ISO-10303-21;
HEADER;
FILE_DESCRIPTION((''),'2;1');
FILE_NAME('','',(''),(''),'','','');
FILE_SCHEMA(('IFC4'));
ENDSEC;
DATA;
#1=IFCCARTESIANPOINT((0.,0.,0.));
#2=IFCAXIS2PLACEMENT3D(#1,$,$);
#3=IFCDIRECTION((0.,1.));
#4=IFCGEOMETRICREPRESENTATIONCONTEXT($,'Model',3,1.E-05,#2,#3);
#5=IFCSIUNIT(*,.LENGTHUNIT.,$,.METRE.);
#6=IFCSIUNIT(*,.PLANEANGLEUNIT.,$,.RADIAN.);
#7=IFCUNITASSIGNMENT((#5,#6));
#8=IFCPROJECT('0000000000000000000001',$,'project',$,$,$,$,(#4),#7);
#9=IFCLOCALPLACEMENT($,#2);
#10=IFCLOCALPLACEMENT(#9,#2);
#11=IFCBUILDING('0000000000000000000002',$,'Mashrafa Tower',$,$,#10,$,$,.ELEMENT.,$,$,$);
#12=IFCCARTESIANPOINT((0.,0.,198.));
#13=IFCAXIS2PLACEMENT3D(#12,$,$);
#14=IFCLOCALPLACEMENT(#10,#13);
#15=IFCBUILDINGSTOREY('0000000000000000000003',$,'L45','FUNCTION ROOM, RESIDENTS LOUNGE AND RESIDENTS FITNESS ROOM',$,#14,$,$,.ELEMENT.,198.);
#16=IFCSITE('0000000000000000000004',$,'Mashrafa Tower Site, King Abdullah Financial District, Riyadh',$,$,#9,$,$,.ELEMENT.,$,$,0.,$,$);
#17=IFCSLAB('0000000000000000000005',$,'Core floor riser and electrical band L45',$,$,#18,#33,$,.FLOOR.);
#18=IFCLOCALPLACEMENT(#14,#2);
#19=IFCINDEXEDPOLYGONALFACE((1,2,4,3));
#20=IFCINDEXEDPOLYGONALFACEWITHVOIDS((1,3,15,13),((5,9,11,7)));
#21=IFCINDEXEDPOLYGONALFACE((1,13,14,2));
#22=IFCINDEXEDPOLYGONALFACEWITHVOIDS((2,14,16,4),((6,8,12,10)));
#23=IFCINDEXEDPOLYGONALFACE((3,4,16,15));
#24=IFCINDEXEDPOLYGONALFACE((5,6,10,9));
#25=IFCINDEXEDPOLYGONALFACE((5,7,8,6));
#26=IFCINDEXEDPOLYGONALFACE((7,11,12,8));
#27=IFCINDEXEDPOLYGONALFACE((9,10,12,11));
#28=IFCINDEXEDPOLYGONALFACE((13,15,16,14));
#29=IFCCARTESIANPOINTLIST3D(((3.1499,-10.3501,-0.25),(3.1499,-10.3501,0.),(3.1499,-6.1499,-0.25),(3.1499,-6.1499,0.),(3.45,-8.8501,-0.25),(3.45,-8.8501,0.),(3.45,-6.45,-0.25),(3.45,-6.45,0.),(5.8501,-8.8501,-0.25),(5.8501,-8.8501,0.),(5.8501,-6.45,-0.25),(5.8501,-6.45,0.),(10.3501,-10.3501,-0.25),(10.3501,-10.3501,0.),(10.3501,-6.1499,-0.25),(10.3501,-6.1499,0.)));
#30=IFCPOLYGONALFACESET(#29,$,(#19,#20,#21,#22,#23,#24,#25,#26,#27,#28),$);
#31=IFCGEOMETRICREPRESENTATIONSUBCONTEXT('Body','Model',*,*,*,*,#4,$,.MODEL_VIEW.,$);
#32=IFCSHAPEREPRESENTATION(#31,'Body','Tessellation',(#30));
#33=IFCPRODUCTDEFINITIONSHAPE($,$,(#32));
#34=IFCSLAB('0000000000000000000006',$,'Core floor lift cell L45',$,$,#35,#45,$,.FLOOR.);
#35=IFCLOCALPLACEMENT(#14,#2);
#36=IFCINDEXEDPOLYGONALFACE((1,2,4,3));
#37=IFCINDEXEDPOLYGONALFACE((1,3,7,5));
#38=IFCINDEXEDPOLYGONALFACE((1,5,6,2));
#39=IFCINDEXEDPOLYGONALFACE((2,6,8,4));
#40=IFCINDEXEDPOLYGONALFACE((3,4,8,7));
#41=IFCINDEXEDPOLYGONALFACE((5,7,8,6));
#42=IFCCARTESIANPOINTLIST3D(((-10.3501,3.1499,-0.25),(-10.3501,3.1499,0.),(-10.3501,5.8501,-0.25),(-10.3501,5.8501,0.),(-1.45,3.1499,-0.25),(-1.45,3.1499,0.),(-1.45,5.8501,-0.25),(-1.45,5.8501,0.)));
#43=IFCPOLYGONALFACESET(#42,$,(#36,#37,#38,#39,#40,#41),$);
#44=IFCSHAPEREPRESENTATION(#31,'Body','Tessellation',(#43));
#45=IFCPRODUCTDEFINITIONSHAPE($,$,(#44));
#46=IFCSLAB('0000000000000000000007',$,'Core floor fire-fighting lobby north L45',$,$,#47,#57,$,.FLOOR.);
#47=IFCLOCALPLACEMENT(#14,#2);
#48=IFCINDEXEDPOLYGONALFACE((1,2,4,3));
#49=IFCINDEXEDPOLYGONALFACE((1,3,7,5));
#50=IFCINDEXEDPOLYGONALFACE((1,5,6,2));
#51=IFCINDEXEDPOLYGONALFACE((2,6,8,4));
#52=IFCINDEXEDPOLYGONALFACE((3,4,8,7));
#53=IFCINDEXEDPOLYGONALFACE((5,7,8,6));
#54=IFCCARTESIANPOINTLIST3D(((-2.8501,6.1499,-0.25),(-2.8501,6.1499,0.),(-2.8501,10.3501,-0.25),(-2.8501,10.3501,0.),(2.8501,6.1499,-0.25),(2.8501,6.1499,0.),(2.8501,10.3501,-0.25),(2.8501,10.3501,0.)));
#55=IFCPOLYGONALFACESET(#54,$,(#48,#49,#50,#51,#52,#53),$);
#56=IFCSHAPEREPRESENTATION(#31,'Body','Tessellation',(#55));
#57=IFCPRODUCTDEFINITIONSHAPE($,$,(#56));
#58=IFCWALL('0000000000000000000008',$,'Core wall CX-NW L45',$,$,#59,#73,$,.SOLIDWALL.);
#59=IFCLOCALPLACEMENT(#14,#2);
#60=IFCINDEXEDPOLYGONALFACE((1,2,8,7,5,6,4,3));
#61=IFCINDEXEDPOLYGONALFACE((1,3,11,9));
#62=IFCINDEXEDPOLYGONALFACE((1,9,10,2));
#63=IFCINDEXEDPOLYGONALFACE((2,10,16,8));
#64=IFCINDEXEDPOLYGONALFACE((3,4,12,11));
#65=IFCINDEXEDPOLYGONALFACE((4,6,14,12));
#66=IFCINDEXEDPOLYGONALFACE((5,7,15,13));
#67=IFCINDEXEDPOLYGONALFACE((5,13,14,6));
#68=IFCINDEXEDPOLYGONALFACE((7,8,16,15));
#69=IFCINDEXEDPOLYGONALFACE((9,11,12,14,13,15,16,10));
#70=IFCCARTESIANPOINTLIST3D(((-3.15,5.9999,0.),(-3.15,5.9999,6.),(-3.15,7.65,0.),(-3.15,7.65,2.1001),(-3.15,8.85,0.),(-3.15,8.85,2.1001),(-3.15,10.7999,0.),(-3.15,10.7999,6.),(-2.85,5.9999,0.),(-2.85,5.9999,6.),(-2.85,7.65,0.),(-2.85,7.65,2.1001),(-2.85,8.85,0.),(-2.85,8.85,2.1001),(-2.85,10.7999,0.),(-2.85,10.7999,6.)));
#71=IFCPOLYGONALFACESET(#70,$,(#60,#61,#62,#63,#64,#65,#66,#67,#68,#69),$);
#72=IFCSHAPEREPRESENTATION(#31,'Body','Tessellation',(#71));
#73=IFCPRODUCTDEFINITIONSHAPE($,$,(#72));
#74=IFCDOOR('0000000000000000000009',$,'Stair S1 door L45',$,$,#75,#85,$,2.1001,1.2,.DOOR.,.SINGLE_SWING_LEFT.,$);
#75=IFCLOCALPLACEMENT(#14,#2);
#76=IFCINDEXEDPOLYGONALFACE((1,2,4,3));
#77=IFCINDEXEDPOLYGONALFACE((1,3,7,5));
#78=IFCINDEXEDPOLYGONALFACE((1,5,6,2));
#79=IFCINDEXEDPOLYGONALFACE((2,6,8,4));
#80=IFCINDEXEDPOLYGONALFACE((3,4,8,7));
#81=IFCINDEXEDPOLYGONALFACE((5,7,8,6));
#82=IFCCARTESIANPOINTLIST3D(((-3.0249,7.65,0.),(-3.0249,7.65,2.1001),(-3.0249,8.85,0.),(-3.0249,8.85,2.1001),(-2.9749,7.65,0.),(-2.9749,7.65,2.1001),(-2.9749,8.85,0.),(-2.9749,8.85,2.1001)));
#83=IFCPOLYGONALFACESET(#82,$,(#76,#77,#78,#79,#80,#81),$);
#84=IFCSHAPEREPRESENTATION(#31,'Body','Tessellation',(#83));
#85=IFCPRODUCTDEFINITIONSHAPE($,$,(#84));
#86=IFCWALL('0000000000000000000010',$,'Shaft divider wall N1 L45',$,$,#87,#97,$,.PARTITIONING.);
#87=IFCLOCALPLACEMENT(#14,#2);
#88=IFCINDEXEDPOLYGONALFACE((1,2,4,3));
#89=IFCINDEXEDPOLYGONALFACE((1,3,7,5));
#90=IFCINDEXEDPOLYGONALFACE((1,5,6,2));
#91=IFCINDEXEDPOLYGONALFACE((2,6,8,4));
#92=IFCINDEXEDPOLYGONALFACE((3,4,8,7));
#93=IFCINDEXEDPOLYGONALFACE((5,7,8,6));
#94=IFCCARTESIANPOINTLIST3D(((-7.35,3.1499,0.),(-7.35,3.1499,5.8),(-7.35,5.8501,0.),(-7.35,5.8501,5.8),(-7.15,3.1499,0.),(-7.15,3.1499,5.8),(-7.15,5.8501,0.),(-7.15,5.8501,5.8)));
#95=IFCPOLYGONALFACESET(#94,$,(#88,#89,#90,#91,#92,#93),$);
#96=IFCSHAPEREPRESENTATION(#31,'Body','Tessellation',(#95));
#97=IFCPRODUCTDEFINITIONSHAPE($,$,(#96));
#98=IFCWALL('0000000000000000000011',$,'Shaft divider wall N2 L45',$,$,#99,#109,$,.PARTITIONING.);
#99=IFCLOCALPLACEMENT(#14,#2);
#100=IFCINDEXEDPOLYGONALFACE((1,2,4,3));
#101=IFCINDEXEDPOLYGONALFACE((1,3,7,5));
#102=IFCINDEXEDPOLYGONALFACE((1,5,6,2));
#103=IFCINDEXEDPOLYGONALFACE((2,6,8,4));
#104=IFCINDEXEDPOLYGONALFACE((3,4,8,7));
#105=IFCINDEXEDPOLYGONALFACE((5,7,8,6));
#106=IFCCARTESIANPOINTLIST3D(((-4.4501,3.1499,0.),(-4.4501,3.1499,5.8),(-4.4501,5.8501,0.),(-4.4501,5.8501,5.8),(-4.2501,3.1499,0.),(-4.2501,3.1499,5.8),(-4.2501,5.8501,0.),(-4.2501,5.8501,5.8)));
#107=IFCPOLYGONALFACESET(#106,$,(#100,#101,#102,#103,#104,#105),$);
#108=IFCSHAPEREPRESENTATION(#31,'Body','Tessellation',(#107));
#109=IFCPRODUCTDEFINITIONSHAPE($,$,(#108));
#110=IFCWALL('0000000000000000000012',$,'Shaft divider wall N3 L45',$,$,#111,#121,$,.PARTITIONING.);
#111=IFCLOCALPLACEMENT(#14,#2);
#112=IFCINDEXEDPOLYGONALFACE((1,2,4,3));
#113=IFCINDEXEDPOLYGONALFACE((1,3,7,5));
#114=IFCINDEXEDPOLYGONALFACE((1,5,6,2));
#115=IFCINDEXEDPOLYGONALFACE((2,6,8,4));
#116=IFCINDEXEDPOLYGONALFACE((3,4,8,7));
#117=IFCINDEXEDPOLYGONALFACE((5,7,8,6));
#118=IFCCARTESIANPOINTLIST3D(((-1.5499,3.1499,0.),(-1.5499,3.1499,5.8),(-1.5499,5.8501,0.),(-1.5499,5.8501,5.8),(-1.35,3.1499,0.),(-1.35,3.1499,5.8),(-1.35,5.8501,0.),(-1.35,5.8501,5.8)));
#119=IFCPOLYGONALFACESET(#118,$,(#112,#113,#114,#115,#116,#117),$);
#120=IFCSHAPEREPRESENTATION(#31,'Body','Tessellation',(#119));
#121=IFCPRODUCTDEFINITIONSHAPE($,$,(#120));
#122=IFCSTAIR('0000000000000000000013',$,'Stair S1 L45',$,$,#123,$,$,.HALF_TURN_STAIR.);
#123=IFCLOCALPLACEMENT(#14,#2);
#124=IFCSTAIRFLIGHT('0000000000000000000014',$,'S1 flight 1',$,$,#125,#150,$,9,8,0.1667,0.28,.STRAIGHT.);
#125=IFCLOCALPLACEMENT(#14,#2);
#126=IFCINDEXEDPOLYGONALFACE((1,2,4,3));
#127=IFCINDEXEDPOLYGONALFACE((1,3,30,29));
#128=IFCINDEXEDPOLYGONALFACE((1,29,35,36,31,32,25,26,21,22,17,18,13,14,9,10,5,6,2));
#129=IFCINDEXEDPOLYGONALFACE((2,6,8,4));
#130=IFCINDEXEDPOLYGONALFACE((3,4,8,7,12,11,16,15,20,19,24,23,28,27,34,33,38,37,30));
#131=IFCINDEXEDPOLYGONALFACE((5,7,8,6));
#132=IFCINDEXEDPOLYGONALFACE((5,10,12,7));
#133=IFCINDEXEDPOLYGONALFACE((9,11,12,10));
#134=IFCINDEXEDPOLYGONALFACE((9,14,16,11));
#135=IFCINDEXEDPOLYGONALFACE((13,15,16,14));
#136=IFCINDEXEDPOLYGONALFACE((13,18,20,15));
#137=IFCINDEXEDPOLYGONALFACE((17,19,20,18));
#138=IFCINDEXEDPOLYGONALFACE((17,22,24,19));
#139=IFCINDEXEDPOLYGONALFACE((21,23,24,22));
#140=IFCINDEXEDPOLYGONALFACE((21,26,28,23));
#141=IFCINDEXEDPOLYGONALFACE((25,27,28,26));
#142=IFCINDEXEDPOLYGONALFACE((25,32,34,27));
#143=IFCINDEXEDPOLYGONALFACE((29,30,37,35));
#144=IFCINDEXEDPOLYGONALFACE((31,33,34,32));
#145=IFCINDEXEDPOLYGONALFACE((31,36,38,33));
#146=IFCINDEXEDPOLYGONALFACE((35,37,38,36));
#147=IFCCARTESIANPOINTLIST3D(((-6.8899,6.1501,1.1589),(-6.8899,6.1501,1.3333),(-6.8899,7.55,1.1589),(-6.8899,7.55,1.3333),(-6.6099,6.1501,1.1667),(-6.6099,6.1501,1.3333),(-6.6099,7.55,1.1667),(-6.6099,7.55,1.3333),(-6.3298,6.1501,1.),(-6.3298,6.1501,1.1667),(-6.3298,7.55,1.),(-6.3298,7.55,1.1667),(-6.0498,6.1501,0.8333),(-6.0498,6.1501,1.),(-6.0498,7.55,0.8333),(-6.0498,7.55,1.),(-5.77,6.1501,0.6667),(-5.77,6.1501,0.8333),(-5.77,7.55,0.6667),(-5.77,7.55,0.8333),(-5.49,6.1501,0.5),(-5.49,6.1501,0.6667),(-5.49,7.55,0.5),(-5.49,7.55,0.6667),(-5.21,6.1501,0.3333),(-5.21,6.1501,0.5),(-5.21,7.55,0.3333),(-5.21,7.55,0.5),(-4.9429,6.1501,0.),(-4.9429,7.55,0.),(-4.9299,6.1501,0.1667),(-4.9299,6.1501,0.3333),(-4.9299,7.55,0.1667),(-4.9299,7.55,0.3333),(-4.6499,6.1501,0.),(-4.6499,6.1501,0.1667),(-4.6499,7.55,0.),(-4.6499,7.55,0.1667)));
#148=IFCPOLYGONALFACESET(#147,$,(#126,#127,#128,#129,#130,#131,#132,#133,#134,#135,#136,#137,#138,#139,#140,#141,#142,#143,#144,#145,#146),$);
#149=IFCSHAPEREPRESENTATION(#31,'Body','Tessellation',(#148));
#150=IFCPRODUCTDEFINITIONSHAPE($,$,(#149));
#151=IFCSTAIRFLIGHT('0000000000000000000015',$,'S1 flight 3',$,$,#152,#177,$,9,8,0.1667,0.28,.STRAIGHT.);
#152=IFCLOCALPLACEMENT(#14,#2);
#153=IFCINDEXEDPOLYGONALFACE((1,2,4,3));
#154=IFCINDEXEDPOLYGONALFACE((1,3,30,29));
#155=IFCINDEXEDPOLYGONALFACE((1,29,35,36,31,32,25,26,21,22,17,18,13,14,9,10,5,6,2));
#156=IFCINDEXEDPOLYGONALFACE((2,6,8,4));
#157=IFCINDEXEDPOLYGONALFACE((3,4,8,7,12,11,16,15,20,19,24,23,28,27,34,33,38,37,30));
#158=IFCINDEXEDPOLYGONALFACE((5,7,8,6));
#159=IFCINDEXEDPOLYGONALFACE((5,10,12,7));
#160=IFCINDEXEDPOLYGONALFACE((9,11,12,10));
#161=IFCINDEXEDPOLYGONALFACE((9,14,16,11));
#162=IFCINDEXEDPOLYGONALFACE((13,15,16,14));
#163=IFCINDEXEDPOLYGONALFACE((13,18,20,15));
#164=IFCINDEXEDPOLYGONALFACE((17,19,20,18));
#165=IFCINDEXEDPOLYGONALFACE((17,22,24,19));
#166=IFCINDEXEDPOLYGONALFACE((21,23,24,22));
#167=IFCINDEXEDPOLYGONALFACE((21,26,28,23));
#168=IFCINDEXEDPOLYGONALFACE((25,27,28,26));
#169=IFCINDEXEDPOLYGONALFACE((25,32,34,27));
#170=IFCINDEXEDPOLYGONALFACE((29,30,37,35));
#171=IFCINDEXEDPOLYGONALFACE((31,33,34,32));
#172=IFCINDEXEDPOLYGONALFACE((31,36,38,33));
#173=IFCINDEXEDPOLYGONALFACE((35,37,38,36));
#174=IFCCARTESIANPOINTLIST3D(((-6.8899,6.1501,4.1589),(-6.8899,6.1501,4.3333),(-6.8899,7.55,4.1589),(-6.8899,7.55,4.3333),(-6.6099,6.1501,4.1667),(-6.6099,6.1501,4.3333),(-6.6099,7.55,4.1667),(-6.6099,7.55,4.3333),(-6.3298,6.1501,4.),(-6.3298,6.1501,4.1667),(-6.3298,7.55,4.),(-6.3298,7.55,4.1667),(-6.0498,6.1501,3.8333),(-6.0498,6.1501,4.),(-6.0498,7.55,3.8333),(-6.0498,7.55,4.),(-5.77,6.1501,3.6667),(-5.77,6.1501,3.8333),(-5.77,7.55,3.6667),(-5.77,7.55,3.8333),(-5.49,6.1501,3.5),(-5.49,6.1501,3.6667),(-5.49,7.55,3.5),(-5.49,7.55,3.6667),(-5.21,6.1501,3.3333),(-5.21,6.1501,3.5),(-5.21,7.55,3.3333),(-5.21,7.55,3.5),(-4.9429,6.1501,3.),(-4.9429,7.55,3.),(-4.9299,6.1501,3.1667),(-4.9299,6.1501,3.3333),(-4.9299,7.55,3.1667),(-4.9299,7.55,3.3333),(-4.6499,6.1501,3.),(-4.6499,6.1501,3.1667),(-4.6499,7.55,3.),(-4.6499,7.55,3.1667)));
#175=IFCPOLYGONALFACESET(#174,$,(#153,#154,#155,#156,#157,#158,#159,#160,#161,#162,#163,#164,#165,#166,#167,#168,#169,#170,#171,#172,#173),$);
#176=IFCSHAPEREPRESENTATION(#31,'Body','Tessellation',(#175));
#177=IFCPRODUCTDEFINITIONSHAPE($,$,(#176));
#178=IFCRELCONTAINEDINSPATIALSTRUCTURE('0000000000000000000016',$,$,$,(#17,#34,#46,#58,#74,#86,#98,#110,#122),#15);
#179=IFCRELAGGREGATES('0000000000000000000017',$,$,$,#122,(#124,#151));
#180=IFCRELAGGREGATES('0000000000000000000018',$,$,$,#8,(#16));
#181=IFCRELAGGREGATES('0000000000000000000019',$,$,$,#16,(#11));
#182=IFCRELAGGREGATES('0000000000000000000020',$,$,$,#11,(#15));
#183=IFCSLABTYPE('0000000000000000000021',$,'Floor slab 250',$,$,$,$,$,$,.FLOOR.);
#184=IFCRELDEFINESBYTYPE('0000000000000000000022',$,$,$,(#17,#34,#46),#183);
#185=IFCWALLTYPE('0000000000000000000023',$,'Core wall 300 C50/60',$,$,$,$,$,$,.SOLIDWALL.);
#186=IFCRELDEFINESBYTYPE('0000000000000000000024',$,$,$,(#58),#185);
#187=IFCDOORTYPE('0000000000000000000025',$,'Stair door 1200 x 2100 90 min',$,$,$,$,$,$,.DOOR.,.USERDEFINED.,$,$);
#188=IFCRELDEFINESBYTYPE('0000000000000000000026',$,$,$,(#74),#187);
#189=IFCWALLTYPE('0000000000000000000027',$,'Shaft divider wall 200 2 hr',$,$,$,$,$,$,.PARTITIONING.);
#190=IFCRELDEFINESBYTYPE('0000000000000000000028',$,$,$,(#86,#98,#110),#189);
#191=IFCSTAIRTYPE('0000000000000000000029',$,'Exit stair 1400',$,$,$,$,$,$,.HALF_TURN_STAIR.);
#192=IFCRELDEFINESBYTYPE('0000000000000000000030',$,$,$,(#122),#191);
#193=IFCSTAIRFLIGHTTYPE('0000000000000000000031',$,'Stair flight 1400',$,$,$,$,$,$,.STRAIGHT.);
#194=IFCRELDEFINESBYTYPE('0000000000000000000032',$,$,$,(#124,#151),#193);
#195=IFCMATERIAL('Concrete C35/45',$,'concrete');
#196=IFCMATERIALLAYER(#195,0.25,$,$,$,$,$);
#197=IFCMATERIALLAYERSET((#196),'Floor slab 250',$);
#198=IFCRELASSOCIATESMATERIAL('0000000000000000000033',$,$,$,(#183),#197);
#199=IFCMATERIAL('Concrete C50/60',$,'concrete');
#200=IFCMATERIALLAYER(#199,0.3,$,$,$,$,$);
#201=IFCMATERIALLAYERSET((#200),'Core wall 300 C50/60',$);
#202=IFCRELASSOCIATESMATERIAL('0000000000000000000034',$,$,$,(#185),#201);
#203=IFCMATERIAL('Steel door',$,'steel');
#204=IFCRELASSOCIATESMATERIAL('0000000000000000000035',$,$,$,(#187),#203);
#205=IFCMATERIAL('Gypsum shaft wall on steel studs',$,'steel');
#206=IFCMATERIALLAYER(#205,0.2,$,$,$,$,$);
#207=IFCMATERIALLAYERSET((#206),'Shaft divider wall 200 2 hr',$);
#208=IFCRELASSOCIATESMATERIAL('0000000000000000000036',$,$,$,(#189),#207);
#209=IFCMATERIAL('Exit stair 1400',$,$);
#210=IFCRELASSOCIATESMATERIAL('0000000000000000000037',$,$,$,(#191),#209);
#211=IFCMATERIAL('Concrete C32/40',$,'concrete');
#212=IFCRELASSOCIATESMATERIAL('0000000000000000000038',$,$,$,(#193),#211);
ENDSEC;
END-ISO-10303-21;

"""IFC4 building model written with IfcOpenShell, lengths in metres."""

from ifc_helpers import new_model, si_unit, direction, frame, frame_2d, origin, place, context, subcontext, project, spatial, polyline, rectangle, outline, extrude, material, layer, layer_set, type_object, element, fill, aggregate, save


model = new_model("IFC4")

# Units and contexts
model_context = context("Model", 3, precision=1e-05, world=origin(), true_north=direction((0.0, 1.0)))
body_context = subcontext(model_context, "Body", "Model", "MODEL_VIEW")
ifc_project = project(units=[si_unit("LENGTHUNIT", "METRE"), si_unit("PLANEANGLEUNIT", "RADIAN")], contexts=[model_context])

# Site, building, storey
site_placement = place(None, origin())
site = spatial("IfcSite", under=ifc_project, at=site_placement, Name="Mashrafa Tower Site, King Abdullah Financial District, Riyadh", CompositionType="ELEMENT", RefElevation=0.0)
building_placement = place(site_placement, origin())
building = spatial("IfcBuilding", under=site, at=building_placement, Name="Mashrafa Tower", CompositionType="ELEMENT")
storey_placement = place(building_placement, frame((0.0, 0.0, 198.0)))
storey = spatial("IfcBuildingStorey", under=building, at=storey_placement, Name="L45", Description="FUNCTION ROOM, RESIDENTS LOUNGE AND RESIDENTS FITNESS ROOM", CompositionType="ELEMENT", Elevation=198.0)

# Slabs
ifc_material_1 = material(Name="Concrete C35/45", Category="concrete")
ifc_layer_1 = layer(ifc_material_1, 0.25)
ifc_layer_set_1 = layer_set([ifc_layer_1], Name="Floor slab 250")
slab_type = type_object("IfcSlabType", Name="Floor slab 250", PredefinedType="FLOOR", material=ifc_layer_set_1)
slab_1_placement = place(storey_placement, frame((0.0, 0.0, -0.25)))
element("IfcSlab", 1, at=slab_1_placement, inside=storey, type_object=slab_type, Name="Core floor riser and electrical band L45", PredefinedType="FLOOR", context=body_context, shape_type="SweptSolid", body=[
    extrude(outline(polyline([(10.3501, -6.1499), (10.3501, -10.3501), (3.1499, -10.3501), (3.1499, -6.1499), (10.3501, -6.1499)]), holes=[polyline([(3.45, -8.8501), (5.8501, -8.8501), (5.8501, -6.45), (3.45, -6.45), (3.45, -8.8501)])]), origin(), (0.0, 0.0, 1.0), 0.25),
])
slab_2_placement = place(storey_placement, frame((0.0, 0.0, -0.25)))
element("IfcSlab", 2, at=slab_2_placement, inside=storey, type_object=slab_type, Name="Core floor lift cell L45", PredefinedType="FLOOR", context=body_context, shape_type="SweptSolid", body=[
    extrude(outline(polyline([(-1.45, 3.1499), (-10.3501, 3.1499), (-10.3501, 5.8501), (-1.45, 5.8501), (-1.45, 3.1499)])), origin(), (0.0, 0.0, 1.0), 0.25),
])
slab_3_placement = place(storey_placement, frame((0.0, 0.0, -0.25)))
element("IfcSlab", 3, at=slab_3_placement, inside=storey, type_object=slab_type, Name="Core floor fire-fighting lobby north L45", PredefinedType="FLOOR", context=body_context, shape_type="SweptSolid", body=[
    extrude(outline(polyline([(-2.8501, 10.3501), (2.8501, 10.3501), (2.8501, 6.1499), (-2.8501, 6.1499), (-2.8501, 10.3501)])), origin(), (0.0, 0.0, 1.0), 0.25),
])

# Wall, opening, door
ifc_material_2 = material(Name="Concrete C50/60", Category="concrete")
ifc_layer_2 = layer(ifc_material_2, 0.3)
ifc_layer_set_2 = layer_set([ifc_layer_2], Name="Core wall 300 C50/60")
wall_type_1 = type_object("IfcWallType", Name="Core wall 300 C50/60", PredefinedType="SOLIDWALL", material=ifc_layer_set_2)
wall_placement = place(storey_placement, frame((-3.0, 6.0, 0.0), z_axis=(0.0, 0.0, 1.0), x_axis=(0.0, 1.0, 0.0)))
wall = element("IfcWall", 4, at=wall_placement, inside=storey, type_object=wall_type_1, Name="Core wall CX-NW L45", PredefinedType="SOLIDWALL", context=body_context, shape_type="SweptSolid", body=[
    extrude(rectangle(XDim=4.8, YDim=0.3, at=frame_2d((2.3999, 0.0))), origin(), (0.0, 0.0, 1.0), 6.0),
])
opening_placement = place(wall_placement, frame((1.6499, 0.0, 0.0)))
opening = element("IfcOpeningElement", 5, at=opening_placement, cuts=wall, PredefinedType="OPENING", context=body_context, shape_type="SweptSolid", body=[
    extrude(rectangle(XDim=1.2, YDim=2.1001, at=frame_2d((0.6001, 1.05))), frame((0.0, 0.1599, 0.0), z_axis=(0.0, -1.0, 0.0), x_axis=(1.0, 0.0, 0.0)), (0.0, 0.0, 1.0), 0.3201),
])
ifc_material_3 = material(Name="Steel door", Category="steel")
door_type = type_object("IfcDoorType", Name="Stair door 1200 x 2100 90 min", OperationType="USERDEFINED", PredefinedType="DOOR", material=ifc_material_3)
door_placement = place(opening_placement, origin())
door = element("IfcDoor", 6, at=door_placement, inside=storey, type_object=door_type, Name="Stair S1 door L45", OperationType="SINGLE_SWING_LEFT", OverallHeight=2.1001, OverallWidth=1.2, PredefinedType="DOOR", context=body_context, shape_type="SweptSolid", body=[
    extrude(rectangle(XDim=1.2, YDim=2.1001, at=frame_2d((0.6001, 1.05))), frame((0.0, 0.0249, 0.0), z_axis=(0.0, -1.0, 0.0), x_axis=(1.0, 0.0, 0.0)), (0.0, 0.0, 1.0), 0.05),
])
fill(opening, door)

# Walls
ifc_material_4 = material(Name="Gypsum shaft wall on steel studs", Category="steel")
ifc_layer_3 = layer(ifc_material_4, 0.2)
ifc_layer_set_3 = layer_set([ifc_layer_3], Name="Shaft divider wall 200 2 hr")
wall_type_2 = type_object("IfcWallType", Name="Shaft divider wall 200 2 hr", PredefinedType="PARTITIONING", material=ifc_layer_set_3)
for number, where, z_axis, x_axis, name in (
    (7, (-7.25, 3.1499, 0.0), (0.0, 0.0, 1.0), (0.0, 1.0, 0.0), "Shaft divider wall N1 L45"),
    (8, (-4.3501, 3.1499, 0.0), (0.0, 0.0, 1.0), (0.0, 1.0, 0.0), "Shaft divider wall N2 L45"),
    (9, (-1.45, 3.1499, 0.0), (0.0, 0.0, 1.0), (0.0, 1.0, 0.0), "Shaft divider wall N3 L45"),
):
    element("IfcWall", number, at=place(storey_placement, frame(where, z_axis=z_axis, x_axis=x_axis)), inside=storey, type_object=wall_type_2, Name=name, PredefinedType="PARTITIONING", context=body_context, shape_type="SweptSolid", body=[
        extrude(rectangle(XDim=2.7002, YDim=0.2, at=frame_2d((1.3501, 0.0))), origin(), (0.0, 0.0, 1.0), 5.8),
    ])

# Stair, stair flights
ifc_material_5 = material(Name="Exit stair 1400")
stair_type = type_object("IfcStairType", Name="Exit stair 1400", PredefinedType="HALF_TURN_STAIR", material=ifc_material_5)
stair_placement = place(storey_placement, origin())
stair = element("IfcStair", 10, at=stair_placement, inside=storey, type_object=stair_type, Name="Stair S1 L45", PredefinedType="HALF_TURN_STAIR")
ifc_material_6 = material(Name="Concrete C32/40", Category="concrete")
stair_flight_type = type_object("IfcStairFlightType", Name="Stair flight 1400", PredefinedType="STRAIGHT", material=ifc_material_6)
stair_flight_1_placement = place(storey_placement, frame((-4.6499, 6.8501, 0.0), z_axis=(0.0, 0.0, 1.0), x_axis=(-1.0, 0.0, 0.0)))
stair_flight_1 = element("IfcStairFlight", 11, at=stair_flight_1_placement, type_object=stair_flight_type, Name="S1 flight 1", NumberOfRisers=9, NumberOfTreads=8, PredefinedType="STRAIGHT", RiserHeight=0.1667, TreadLength=0.28, context=body_context, shape_type="SweptSolid", body=[
    extrude(outline(polyline([(0.0, 0.0), (0.0, 0.1667), (0.28, 0.1667), (0.28, 0.3333), (0.5601, 0.3333), (0.5601, 0.5), (0.8401, 0.5), (0.8401, 0.6667), (1.1201, 0.6667), (1.1201, 0.8333), (1.3999, 0.8333), (1.3999, 1.0), (1.6799, 1.0), (1.6799, 1.1667), (1.96, 1.1667), (1.96, 1.3333), (2.24, 1.3333), (2.24, 1.5), (2.24, 1.1589), (0.293, 0.0), (0.0, 0.0)])), frame((0.0, 0.7, 0.0), z_axis=(0.0, -1.0, 0.0), x_axis=(1.0, 0.0, 0.0)), (0.0, 0.0, 1.0), 1.3999),
])
stair_flight_2_placement = place(storey_placement, frame((-4.6499, 6.8501, 3.0), z_axis=(0.0, 0.0, 1.0), x_axis=(-1.0, 0.0, 0.0)))
stair_flight_2 = element("IfcStairFlight", 12, at=stair_flight_2_placement, type_object=stair_flight_type, Name="S1 flight 3", NumberOfRisers=9, NumberOfTreads=8, PredefinedType="STRAIGHT", RiserHeight=0.1667, TreadLength=0.28, context=body_context, shape_type="SweptSolid", body=[
    extrude(outline(polyline([(0.0, 0.0), (0.0, 0.1667), (0.28, 0.1667), (0.28, 0.3333), (0.5601, 0.3333), (0.5601, 0.5), (0.8401, 0.5), (0.8401, 0.6667), (1.1201, 0.6667), (1.1201, 0.8333), (1.3999, 0.8333), (1.3999, 1.0), (1.6799, 1.0), (1.6799, 1.1667), (1.96, 1.1667), (1.96, 1.3333), (2.24, 1.3333), (2.24, 1.5), (2.24, 1.1589), (0.293, 0.0), (0.0, 0.0)])), frame((0.0, 0.7, 0.0), z_axis=(0.0, -1.0, 0.0), x_axis=(1.0, 0.0, 0.0)), (0.0, 0.0, 1.0), 1.3999),
])
aggregate(stair, [stair_flight_1, stair_flight_2])

save(model, "model.ifc")
